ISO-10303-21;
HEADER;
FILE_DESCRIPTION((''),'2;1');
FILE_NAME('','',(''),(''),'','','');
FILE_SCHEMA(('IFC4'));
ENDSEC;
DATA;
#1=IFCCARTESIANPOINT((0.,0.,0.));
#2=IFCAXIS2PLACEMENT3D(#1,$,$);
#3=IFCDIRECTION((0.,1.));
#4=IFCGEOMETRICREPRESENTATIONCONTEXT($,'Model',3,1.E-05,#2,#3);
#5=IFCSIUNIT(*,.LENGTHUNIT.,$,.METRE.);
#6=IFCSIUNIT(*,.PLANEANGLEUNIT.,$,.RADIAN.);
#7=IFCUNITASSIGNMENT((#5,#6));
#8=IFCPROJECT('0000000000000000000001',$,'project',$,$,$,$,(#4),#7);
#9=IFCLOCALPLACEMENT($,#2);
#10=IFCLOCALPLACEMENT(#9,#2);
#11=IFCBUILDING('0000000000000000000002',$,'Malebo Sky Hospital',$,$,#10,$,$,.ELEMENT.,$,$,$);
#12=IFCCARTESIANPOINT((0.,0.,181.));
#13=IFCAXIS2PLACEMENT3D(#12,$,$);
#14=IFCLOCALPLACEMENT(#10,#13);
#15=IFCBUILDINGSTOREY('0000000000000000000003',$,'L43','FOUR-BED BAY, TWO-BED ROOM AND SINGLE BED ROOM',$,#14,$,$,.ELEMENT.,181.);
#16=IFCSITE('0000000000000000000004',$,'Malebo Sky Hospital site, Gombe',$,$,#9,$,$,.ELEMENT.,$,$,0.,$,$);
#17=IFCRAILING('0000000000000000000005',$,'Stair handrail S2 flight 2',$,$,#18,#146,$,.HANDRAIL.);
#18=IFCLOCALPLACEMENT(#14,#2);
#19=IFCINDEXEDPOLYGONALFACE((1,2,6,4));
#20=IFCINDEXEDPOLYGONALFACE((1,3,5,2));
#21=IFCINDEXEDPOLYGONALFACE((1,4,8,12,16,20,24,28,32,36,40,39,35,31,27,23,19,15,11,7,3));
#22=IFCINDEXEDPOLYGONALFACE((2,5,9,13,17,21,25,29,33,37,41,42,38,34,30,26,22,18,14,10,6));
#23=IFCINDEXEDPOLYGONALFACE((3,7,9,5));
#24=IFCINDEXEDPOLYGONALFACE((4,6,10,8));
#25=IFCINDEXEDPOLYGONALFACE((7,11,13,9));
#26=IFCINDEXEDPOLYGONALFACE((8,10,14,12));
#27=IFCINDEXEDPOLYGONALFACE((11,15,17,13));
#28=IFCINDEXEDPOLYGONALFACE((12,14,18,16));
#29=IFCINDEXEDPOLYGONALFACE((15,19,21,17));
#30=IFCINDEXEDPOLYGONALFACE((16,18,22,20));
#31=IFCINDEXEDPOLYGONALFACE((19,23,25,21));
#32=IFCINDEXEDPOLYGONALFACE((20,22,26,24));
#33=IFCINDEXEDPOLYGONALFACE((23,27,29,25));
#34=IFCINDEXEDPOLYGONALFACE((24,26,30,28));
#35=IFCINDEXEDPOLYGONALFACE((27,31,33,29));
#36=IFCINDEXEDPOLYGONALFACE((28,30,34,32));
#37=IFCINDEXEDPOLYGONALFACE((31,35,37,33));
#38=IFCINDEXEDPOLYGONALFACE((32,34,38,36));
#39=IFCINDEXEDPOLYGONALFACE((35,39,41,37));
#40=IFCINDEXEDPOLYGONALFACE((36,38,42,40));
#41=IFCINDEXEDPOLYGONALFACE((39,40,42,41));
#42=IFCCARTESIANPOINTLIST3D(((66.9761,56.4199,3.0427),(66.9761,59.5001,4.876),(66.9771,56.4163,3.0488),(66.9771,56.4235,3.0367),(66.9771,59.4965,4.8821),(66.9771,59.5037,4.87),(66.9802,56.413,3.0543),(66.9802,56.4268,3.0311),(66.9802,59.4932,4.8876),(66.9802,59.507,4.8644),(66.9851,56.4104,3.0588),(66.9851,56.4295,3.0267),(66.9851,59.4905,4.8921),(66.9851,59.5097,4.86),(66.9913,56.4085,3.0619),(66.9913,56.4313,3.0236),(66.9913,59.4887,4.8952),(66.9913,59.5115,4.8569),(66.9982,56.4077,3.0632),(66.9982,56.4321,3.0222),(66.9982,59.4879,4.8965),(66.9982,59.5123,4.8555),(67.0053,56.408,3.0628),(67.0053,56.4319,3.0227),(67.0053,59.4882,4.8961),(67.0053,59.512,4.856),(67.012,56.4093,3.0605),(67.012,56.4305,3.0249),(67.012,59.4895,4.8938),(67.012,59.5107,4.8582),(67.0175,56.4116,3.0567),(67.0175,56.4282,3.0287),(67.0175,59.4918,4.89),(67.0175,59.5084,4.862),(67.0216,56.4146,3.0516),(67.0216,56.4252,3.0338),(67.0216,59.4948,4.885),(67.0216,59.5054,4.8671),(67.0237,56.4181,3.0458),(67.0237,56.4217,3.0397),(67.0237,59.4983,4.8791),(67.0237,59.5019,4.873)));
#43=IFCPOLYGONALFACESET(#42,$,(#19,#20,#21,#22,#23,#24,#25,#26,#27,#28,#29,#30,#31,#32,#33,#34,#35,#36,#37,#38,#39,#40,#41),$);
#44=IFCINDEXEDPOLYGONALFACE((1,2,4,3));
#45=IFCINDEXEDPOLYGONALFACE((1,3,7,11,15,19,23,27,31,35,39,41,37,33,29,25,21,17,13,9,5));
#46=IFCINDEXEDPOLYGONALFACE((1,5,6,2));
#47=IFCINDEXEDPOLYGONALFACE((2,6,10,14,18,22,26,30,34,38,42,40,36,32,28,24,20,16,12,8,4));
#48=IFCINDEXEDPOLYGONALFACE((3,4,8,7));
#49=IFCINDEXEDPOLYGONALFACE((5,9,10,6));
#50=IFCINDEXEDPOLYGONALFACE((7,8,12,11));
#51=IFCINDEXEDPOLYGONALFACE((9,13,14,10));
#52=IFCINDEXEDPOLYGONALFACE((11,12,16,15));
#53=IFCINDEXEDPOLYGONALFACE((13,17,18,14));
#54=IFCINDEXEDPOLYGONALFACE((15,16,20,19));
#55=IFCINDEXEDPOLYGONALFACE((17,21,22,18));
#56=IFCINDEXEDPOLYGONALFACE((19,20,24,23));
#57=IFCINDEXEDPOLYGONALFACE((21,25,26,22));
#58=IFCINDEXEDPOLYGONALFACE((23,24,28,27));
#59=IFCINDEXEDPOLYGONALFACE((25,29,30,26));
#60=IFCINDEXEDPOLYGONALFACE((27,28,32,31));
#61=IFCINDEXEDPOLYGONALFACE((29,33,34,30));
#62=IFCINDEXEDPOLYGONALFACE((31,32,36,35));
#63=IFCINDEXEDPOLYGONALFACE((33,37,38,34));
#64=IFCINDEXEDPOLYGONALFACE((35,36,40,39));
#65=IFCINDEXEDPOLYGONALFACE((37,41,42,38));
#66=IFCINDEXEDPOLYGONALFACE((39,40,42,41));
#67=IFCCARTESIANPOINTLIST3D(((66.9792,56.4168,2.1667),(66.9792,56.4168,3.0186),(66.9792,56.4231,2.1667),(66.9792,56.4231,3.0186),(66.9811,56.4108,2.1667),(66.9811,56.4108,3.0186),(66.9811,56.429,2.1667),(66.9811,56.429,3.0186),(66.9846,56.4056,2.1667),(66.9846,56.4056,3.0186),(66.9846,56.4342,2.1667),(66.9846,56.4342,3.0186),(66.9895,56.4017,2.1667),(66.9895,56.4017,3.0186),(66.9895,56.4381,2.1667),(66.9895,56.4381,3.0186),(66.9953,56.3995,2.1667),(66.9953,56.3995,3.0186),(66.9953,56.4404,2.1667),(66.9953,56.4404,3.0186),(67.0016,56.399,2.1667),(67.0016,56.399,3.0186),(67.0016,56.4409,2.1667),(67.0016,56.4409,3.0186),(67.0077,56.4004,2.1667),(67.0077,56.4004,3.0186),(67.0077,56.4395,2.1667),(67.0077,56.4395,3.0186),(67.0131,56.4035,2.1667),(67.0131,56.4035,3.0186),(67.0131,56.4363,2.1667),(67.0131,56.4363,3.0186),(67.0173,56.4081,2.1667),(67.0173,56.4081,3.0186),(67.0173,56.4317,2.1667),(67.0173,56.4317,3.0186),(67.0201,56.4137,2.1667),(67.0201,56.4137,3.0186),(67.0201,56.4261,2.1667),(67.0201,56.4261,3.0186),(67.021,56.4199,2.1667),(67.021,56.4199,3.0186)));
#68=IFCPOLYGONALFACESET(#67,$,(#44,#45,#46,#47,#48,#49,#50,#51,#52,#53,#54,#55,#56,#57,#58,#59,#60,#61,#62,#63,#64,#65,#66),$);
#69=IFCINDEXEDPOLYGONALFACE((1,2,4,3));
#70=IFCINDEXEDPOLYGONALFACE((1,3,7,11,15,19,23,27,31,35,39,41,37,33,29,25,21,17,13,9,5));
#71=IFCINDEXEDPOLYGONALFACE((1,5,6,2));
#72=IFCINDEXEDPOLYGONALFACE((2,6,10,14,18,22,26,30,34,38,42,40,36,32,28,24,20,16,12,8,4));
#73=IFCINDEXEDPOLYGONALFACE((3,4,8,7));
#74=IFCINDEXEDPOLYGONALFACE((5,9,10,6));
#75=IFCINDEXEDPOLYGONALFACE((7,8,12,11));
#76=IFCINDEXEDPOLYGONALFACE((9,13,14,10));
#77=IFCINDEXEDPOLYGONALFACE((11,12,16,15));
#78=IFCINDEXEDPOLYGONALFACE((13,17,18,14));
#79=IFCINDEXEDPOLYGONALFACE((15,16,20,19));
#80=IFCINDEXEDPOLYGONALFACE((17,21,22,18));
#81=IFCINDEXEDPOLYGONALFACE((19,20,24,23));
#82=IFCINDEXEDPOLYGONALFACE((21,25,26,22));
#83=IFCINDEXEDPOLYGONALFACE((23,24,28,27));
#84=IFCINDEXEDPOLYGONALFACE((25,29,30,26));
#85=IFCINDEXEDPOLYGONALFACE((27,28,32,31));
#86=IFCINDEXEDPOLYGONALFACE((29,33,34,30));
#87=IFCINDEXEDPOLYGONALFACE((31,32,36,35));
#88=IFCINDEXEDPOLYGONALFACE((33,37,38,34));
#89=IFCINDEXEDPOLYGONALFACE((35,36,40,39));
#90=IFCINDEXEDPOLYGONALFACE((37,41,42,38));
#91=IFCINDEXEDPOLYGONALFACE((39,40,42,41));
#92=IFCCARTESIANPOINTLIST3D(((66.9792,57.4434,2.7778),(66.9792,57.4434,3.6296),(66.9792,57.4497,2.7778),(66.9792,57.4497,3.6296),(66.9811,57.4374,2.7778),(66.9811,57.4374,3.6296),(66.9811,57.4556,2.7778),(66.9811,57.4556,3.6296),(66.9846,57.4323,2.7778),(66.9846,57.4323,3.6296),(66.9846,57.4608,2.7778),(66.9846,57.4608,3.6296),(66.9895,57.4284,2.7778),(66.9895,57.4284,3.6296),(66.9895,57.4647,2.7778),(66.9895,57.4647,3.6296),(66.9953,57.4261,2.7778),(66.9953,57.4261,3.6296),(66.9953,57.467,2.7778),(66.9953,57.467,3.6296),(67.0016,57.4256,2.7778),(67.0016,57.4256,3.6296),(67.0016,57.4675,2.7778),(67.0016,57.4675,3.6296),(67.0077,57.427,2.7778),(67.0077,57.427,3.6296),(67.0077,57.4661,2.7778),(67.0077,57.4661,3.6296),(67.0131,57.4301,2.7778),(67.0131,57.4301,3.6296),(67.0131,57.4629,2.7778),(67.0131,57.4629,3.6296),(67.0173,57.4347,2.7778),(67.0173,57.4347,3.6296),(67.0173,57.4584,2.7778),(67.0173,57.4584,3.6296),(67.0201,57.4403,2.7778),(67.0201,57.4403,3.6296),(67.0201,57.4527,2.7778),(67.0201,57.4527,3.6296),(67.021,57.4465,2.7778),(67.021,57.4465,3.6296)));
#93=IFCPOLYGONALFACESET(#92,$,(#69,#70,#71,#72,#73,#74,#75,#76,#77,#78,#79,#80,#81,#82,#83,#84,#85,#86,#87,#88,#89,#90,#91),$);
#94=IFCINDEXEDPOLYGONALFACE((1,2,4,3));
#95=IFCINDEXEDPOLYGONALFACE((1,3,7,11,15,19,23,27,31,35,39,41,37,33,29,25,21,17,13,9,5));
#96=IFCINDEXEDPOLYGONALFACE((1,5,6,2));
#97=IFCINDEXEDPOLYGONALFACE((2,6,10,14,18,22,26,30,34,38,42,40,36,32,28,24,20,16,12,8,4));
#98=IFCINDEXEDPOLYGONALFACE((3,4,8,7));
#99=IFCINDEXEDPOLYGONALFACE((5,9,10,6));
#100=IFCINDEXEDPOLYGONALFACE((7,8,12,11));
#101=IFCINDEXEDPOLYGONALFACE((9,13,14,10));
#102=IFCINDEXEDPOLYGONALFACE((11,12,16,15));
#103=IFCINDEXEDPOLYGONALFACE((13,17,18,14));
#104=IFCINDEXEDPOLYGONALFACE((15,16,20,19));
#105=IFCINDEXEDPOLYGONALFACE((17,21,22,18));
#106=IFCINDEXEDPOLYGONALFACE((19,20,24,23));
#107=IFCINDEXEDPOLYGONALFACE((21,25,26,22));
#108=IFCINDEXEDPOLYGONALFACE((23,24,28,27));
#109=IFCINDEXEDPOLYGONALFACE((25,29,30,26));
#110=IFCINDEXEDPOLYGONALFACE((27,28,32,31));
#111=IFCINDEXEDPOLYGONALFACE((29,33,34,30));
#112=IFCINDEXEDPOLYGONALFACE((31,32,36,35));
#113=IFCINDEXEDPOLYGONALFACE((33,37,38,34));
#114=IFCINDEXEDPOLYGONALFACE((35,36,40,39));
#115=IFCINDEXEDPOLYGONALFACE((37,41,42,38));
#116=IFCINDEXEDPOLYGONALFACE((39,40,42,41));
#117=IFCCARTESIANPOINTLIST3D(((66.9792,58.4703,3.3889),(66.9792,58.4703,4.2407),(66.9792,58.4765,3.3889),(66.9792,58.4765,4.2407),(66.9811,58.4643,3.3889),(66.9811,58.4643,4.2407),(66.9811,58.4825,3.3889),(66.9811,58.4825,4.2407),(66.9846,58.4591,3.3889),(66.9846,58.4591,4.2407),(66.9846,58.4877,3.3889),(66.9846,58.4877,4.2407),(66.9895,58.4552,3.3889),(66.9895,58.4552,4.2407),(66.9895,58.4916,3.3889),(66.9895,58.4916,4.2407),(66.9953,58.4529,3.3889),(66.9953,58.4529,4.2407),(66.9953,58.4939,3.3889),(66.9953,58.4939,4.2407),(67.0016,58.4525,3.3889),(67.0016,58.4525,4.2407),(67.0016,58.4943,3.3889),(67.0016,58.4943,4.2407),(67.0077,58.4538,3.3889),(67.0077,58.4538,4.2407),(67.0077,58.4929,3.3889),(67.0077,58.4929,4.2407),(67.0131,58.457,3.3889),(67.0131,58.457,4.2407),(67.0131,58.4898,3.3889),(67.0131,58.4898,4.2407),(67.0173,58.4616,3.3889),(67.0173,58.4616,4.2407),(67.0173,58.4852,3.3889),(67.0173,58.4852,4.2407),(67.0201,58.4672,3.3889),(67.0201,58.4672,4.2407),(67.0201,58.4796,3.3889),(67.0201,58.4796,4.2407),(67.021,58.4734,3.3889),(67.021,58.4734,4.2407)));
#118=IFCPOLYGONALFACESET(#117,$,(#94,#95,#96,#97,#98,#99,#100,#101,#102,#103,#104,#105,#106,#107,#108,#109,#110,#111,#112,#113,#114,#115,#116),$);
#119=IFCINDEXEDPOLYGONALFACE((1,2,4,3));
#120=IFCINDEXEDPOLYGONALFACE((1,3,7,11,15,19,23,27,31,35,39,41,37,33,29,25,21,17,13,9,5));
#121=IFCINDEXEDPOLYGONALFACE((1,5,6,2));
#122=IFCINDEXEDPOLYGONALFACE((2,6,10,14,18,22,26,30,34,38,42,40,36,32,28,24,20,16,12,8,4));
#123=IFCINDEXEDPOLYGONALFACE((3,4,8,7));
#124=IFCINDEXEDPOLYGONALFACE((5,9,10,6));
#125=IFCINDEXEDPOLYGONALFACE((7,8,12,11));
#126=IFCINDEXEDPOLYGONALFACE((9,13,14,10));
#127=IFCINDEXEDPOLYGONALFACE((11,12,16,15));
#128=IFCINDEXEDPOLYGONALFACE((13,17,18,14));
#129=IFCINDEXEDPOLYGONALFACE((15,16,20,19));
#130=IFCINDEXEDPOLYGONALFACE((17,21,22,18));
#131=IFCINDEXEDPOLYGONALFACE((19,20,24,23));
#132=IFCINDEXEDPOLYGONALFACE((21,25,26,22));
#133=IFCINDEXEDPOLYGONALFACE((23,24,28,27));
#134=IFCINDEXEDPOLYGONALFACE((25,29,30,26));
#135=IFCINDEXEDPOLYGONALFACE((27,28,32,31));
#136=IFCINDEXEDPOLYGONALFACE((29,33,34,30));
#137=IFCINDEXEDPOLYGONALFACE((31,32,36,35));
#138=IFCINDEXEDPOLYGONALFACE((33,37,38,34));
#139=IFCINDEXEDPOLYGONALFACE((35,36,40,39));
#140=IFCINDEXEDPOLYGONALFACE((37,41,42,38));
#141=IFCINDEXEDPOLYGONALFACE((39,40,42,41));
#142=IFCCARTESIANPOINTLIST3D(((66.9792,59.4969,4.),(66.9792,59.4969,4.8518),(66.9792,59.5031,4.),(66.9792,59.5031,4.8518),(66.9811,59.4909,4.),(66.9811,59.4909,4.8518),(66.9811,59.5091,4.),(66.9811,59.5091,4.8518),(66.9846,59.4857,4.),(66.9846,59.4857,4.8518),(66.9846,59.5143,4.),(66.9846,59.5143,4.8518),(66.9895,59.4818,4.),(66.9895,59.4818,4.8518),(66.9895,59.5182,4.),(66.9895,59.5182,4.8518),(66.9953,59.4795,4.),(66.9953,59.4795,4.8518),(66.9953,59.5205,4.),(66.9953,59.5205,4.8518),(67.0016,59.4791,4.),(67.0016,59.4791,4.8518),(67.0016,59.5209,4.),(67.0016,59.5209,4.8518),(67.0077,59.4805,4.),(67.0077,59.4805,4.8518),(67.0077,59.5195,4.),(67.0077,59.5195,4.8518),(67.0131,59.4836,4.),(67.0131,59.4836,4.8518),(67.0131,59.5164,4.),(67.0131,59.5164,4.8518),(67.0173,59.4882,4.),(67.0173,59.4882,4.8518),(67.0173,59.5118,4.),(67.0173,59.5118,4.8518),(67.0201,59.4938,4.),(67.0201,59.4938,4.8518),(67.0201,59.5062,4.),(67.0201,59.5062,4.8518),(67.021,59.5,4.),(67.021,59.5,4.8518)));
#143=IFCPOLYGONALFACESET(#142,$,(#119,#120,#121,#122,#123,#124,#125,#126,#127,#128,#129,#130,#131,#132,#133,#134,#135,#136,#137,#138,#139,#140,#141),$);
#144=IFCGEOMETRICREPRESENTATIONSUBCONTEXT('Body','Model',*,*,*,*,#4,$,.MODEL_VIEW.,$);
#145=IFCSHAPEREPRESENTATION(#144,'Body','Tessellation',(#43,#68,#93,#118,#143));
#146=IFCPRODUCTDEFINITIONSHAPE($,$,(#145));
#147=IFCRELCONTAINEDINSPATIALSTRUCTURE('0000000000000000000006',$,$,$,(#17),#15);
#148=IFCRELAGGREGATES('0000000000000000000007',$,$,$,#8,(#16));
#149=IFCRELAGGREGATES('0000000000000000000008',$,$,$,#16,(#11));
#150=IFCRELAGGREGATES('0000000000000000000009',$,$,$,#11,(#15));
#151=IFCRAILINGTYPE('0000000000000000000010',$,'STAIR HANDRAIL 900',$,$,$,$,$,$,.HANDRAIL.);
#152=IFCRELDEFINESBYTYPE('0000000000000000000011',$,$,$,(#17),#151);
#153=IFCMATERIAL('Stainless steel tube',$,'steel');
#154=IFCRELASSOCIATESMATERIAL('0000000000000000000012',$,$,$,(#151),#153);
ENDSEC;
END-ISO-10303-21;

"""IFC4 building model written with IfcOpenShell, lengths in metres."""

from ifc_helpers import new_model, si_unit, direction, frame, origin, origin_2d, place, context, subcontext, project, spatial, circle, extrude, material, type_object, element, save


model = new_model("IFC4")

# Units and contexts
model_context = context("Model", 3, precision=1e-05, world=origin(), true_north=direction((0.0, 1.0)))
body_context = subcontext(model_context, "Body", "Model", "MODEL_VIEW")
ifc_project = project(units=[si_unit("LENGTHUNIT", "METRE"), si_unit("PLANEANGLEUNIT", "RADIAN")], contexts=[model_context])

# Site, building, storey
site_placement = place(None, origin())
site = spatial("IfcSite", under=ifc_project, at=site_placement, Name="Malebo Sky Hospital site, Gombe", CompositionType="ELEMENT", RefElevation=0.0)
building_placement = place(site_placement, origin())
building = spatial("IfcBuilding", under=site, at=building_placement, Name="Malebo Sky Hospital", CompositionType="ELEMENT")
storey_placement = place(building_placement, frame((0.0, 0.0, 181.0)))
storey = spatial("IfcBuildingStorey", under=building, at=storey_placement, Name="L43", Description="FOUR-BED BAY, TWO-BED ROOM AND SINGLE BED ROOM", CompositionType="ELEMENT", Elevation=181.0)

# Railing
ifc_material_1 = material(Name="Stainless steel tube", Category="steel")
railing_type = type_object("IfcRailingType", Name="STAIR HANDRAIL 900", PredefinedType="HANDRAIL", material=ifc_material_1)
railing_1_placement = place(storey_placement, frame((67.0, 56.4199, 2.1667)))
element("IfcRailing", 1, at=railing_1_placement, inside=storey, type_object=railing_type, Name="Stair handrail S2 flight 2", PredefinedType="HANDRAIL", context=body_context, shape_type="SweptSolid", body=[
    extrude(circle(Radius=0.0239, at=origin_2d()), frame((0.0, 0.0, 0.876), z_axis=(0.0, 0.859309, 0.511458), x_axis=(-1.0, 0.0, 0.0)), (0.0, 0.0, 1.0), 3.5845),
    extrude(circle(Radius=0.021, at=origin_2d()), origin(), (0.0, 0.0, 1.0), 0.8518),
    extrude(circle(Radius=0.021, at=origin_2d()), frame((0.0, 1.0266, 0.6111)), (0.0, 0.0, 1.0), 0.8518),
    extrude(circle(Radius=0.021, at=origin_2d()), frame((0.0, 2.0535, 1.2222)), (0.0, 0.0, 1.0), 0.8518),
    extrude(circle(Radius=0.021, at=origin_2d()), frame((0.0, 3.0801, 1.8333)), (0.0, 0.0, 1.0), 0.8518),
])

save(model, "model.ifc")
